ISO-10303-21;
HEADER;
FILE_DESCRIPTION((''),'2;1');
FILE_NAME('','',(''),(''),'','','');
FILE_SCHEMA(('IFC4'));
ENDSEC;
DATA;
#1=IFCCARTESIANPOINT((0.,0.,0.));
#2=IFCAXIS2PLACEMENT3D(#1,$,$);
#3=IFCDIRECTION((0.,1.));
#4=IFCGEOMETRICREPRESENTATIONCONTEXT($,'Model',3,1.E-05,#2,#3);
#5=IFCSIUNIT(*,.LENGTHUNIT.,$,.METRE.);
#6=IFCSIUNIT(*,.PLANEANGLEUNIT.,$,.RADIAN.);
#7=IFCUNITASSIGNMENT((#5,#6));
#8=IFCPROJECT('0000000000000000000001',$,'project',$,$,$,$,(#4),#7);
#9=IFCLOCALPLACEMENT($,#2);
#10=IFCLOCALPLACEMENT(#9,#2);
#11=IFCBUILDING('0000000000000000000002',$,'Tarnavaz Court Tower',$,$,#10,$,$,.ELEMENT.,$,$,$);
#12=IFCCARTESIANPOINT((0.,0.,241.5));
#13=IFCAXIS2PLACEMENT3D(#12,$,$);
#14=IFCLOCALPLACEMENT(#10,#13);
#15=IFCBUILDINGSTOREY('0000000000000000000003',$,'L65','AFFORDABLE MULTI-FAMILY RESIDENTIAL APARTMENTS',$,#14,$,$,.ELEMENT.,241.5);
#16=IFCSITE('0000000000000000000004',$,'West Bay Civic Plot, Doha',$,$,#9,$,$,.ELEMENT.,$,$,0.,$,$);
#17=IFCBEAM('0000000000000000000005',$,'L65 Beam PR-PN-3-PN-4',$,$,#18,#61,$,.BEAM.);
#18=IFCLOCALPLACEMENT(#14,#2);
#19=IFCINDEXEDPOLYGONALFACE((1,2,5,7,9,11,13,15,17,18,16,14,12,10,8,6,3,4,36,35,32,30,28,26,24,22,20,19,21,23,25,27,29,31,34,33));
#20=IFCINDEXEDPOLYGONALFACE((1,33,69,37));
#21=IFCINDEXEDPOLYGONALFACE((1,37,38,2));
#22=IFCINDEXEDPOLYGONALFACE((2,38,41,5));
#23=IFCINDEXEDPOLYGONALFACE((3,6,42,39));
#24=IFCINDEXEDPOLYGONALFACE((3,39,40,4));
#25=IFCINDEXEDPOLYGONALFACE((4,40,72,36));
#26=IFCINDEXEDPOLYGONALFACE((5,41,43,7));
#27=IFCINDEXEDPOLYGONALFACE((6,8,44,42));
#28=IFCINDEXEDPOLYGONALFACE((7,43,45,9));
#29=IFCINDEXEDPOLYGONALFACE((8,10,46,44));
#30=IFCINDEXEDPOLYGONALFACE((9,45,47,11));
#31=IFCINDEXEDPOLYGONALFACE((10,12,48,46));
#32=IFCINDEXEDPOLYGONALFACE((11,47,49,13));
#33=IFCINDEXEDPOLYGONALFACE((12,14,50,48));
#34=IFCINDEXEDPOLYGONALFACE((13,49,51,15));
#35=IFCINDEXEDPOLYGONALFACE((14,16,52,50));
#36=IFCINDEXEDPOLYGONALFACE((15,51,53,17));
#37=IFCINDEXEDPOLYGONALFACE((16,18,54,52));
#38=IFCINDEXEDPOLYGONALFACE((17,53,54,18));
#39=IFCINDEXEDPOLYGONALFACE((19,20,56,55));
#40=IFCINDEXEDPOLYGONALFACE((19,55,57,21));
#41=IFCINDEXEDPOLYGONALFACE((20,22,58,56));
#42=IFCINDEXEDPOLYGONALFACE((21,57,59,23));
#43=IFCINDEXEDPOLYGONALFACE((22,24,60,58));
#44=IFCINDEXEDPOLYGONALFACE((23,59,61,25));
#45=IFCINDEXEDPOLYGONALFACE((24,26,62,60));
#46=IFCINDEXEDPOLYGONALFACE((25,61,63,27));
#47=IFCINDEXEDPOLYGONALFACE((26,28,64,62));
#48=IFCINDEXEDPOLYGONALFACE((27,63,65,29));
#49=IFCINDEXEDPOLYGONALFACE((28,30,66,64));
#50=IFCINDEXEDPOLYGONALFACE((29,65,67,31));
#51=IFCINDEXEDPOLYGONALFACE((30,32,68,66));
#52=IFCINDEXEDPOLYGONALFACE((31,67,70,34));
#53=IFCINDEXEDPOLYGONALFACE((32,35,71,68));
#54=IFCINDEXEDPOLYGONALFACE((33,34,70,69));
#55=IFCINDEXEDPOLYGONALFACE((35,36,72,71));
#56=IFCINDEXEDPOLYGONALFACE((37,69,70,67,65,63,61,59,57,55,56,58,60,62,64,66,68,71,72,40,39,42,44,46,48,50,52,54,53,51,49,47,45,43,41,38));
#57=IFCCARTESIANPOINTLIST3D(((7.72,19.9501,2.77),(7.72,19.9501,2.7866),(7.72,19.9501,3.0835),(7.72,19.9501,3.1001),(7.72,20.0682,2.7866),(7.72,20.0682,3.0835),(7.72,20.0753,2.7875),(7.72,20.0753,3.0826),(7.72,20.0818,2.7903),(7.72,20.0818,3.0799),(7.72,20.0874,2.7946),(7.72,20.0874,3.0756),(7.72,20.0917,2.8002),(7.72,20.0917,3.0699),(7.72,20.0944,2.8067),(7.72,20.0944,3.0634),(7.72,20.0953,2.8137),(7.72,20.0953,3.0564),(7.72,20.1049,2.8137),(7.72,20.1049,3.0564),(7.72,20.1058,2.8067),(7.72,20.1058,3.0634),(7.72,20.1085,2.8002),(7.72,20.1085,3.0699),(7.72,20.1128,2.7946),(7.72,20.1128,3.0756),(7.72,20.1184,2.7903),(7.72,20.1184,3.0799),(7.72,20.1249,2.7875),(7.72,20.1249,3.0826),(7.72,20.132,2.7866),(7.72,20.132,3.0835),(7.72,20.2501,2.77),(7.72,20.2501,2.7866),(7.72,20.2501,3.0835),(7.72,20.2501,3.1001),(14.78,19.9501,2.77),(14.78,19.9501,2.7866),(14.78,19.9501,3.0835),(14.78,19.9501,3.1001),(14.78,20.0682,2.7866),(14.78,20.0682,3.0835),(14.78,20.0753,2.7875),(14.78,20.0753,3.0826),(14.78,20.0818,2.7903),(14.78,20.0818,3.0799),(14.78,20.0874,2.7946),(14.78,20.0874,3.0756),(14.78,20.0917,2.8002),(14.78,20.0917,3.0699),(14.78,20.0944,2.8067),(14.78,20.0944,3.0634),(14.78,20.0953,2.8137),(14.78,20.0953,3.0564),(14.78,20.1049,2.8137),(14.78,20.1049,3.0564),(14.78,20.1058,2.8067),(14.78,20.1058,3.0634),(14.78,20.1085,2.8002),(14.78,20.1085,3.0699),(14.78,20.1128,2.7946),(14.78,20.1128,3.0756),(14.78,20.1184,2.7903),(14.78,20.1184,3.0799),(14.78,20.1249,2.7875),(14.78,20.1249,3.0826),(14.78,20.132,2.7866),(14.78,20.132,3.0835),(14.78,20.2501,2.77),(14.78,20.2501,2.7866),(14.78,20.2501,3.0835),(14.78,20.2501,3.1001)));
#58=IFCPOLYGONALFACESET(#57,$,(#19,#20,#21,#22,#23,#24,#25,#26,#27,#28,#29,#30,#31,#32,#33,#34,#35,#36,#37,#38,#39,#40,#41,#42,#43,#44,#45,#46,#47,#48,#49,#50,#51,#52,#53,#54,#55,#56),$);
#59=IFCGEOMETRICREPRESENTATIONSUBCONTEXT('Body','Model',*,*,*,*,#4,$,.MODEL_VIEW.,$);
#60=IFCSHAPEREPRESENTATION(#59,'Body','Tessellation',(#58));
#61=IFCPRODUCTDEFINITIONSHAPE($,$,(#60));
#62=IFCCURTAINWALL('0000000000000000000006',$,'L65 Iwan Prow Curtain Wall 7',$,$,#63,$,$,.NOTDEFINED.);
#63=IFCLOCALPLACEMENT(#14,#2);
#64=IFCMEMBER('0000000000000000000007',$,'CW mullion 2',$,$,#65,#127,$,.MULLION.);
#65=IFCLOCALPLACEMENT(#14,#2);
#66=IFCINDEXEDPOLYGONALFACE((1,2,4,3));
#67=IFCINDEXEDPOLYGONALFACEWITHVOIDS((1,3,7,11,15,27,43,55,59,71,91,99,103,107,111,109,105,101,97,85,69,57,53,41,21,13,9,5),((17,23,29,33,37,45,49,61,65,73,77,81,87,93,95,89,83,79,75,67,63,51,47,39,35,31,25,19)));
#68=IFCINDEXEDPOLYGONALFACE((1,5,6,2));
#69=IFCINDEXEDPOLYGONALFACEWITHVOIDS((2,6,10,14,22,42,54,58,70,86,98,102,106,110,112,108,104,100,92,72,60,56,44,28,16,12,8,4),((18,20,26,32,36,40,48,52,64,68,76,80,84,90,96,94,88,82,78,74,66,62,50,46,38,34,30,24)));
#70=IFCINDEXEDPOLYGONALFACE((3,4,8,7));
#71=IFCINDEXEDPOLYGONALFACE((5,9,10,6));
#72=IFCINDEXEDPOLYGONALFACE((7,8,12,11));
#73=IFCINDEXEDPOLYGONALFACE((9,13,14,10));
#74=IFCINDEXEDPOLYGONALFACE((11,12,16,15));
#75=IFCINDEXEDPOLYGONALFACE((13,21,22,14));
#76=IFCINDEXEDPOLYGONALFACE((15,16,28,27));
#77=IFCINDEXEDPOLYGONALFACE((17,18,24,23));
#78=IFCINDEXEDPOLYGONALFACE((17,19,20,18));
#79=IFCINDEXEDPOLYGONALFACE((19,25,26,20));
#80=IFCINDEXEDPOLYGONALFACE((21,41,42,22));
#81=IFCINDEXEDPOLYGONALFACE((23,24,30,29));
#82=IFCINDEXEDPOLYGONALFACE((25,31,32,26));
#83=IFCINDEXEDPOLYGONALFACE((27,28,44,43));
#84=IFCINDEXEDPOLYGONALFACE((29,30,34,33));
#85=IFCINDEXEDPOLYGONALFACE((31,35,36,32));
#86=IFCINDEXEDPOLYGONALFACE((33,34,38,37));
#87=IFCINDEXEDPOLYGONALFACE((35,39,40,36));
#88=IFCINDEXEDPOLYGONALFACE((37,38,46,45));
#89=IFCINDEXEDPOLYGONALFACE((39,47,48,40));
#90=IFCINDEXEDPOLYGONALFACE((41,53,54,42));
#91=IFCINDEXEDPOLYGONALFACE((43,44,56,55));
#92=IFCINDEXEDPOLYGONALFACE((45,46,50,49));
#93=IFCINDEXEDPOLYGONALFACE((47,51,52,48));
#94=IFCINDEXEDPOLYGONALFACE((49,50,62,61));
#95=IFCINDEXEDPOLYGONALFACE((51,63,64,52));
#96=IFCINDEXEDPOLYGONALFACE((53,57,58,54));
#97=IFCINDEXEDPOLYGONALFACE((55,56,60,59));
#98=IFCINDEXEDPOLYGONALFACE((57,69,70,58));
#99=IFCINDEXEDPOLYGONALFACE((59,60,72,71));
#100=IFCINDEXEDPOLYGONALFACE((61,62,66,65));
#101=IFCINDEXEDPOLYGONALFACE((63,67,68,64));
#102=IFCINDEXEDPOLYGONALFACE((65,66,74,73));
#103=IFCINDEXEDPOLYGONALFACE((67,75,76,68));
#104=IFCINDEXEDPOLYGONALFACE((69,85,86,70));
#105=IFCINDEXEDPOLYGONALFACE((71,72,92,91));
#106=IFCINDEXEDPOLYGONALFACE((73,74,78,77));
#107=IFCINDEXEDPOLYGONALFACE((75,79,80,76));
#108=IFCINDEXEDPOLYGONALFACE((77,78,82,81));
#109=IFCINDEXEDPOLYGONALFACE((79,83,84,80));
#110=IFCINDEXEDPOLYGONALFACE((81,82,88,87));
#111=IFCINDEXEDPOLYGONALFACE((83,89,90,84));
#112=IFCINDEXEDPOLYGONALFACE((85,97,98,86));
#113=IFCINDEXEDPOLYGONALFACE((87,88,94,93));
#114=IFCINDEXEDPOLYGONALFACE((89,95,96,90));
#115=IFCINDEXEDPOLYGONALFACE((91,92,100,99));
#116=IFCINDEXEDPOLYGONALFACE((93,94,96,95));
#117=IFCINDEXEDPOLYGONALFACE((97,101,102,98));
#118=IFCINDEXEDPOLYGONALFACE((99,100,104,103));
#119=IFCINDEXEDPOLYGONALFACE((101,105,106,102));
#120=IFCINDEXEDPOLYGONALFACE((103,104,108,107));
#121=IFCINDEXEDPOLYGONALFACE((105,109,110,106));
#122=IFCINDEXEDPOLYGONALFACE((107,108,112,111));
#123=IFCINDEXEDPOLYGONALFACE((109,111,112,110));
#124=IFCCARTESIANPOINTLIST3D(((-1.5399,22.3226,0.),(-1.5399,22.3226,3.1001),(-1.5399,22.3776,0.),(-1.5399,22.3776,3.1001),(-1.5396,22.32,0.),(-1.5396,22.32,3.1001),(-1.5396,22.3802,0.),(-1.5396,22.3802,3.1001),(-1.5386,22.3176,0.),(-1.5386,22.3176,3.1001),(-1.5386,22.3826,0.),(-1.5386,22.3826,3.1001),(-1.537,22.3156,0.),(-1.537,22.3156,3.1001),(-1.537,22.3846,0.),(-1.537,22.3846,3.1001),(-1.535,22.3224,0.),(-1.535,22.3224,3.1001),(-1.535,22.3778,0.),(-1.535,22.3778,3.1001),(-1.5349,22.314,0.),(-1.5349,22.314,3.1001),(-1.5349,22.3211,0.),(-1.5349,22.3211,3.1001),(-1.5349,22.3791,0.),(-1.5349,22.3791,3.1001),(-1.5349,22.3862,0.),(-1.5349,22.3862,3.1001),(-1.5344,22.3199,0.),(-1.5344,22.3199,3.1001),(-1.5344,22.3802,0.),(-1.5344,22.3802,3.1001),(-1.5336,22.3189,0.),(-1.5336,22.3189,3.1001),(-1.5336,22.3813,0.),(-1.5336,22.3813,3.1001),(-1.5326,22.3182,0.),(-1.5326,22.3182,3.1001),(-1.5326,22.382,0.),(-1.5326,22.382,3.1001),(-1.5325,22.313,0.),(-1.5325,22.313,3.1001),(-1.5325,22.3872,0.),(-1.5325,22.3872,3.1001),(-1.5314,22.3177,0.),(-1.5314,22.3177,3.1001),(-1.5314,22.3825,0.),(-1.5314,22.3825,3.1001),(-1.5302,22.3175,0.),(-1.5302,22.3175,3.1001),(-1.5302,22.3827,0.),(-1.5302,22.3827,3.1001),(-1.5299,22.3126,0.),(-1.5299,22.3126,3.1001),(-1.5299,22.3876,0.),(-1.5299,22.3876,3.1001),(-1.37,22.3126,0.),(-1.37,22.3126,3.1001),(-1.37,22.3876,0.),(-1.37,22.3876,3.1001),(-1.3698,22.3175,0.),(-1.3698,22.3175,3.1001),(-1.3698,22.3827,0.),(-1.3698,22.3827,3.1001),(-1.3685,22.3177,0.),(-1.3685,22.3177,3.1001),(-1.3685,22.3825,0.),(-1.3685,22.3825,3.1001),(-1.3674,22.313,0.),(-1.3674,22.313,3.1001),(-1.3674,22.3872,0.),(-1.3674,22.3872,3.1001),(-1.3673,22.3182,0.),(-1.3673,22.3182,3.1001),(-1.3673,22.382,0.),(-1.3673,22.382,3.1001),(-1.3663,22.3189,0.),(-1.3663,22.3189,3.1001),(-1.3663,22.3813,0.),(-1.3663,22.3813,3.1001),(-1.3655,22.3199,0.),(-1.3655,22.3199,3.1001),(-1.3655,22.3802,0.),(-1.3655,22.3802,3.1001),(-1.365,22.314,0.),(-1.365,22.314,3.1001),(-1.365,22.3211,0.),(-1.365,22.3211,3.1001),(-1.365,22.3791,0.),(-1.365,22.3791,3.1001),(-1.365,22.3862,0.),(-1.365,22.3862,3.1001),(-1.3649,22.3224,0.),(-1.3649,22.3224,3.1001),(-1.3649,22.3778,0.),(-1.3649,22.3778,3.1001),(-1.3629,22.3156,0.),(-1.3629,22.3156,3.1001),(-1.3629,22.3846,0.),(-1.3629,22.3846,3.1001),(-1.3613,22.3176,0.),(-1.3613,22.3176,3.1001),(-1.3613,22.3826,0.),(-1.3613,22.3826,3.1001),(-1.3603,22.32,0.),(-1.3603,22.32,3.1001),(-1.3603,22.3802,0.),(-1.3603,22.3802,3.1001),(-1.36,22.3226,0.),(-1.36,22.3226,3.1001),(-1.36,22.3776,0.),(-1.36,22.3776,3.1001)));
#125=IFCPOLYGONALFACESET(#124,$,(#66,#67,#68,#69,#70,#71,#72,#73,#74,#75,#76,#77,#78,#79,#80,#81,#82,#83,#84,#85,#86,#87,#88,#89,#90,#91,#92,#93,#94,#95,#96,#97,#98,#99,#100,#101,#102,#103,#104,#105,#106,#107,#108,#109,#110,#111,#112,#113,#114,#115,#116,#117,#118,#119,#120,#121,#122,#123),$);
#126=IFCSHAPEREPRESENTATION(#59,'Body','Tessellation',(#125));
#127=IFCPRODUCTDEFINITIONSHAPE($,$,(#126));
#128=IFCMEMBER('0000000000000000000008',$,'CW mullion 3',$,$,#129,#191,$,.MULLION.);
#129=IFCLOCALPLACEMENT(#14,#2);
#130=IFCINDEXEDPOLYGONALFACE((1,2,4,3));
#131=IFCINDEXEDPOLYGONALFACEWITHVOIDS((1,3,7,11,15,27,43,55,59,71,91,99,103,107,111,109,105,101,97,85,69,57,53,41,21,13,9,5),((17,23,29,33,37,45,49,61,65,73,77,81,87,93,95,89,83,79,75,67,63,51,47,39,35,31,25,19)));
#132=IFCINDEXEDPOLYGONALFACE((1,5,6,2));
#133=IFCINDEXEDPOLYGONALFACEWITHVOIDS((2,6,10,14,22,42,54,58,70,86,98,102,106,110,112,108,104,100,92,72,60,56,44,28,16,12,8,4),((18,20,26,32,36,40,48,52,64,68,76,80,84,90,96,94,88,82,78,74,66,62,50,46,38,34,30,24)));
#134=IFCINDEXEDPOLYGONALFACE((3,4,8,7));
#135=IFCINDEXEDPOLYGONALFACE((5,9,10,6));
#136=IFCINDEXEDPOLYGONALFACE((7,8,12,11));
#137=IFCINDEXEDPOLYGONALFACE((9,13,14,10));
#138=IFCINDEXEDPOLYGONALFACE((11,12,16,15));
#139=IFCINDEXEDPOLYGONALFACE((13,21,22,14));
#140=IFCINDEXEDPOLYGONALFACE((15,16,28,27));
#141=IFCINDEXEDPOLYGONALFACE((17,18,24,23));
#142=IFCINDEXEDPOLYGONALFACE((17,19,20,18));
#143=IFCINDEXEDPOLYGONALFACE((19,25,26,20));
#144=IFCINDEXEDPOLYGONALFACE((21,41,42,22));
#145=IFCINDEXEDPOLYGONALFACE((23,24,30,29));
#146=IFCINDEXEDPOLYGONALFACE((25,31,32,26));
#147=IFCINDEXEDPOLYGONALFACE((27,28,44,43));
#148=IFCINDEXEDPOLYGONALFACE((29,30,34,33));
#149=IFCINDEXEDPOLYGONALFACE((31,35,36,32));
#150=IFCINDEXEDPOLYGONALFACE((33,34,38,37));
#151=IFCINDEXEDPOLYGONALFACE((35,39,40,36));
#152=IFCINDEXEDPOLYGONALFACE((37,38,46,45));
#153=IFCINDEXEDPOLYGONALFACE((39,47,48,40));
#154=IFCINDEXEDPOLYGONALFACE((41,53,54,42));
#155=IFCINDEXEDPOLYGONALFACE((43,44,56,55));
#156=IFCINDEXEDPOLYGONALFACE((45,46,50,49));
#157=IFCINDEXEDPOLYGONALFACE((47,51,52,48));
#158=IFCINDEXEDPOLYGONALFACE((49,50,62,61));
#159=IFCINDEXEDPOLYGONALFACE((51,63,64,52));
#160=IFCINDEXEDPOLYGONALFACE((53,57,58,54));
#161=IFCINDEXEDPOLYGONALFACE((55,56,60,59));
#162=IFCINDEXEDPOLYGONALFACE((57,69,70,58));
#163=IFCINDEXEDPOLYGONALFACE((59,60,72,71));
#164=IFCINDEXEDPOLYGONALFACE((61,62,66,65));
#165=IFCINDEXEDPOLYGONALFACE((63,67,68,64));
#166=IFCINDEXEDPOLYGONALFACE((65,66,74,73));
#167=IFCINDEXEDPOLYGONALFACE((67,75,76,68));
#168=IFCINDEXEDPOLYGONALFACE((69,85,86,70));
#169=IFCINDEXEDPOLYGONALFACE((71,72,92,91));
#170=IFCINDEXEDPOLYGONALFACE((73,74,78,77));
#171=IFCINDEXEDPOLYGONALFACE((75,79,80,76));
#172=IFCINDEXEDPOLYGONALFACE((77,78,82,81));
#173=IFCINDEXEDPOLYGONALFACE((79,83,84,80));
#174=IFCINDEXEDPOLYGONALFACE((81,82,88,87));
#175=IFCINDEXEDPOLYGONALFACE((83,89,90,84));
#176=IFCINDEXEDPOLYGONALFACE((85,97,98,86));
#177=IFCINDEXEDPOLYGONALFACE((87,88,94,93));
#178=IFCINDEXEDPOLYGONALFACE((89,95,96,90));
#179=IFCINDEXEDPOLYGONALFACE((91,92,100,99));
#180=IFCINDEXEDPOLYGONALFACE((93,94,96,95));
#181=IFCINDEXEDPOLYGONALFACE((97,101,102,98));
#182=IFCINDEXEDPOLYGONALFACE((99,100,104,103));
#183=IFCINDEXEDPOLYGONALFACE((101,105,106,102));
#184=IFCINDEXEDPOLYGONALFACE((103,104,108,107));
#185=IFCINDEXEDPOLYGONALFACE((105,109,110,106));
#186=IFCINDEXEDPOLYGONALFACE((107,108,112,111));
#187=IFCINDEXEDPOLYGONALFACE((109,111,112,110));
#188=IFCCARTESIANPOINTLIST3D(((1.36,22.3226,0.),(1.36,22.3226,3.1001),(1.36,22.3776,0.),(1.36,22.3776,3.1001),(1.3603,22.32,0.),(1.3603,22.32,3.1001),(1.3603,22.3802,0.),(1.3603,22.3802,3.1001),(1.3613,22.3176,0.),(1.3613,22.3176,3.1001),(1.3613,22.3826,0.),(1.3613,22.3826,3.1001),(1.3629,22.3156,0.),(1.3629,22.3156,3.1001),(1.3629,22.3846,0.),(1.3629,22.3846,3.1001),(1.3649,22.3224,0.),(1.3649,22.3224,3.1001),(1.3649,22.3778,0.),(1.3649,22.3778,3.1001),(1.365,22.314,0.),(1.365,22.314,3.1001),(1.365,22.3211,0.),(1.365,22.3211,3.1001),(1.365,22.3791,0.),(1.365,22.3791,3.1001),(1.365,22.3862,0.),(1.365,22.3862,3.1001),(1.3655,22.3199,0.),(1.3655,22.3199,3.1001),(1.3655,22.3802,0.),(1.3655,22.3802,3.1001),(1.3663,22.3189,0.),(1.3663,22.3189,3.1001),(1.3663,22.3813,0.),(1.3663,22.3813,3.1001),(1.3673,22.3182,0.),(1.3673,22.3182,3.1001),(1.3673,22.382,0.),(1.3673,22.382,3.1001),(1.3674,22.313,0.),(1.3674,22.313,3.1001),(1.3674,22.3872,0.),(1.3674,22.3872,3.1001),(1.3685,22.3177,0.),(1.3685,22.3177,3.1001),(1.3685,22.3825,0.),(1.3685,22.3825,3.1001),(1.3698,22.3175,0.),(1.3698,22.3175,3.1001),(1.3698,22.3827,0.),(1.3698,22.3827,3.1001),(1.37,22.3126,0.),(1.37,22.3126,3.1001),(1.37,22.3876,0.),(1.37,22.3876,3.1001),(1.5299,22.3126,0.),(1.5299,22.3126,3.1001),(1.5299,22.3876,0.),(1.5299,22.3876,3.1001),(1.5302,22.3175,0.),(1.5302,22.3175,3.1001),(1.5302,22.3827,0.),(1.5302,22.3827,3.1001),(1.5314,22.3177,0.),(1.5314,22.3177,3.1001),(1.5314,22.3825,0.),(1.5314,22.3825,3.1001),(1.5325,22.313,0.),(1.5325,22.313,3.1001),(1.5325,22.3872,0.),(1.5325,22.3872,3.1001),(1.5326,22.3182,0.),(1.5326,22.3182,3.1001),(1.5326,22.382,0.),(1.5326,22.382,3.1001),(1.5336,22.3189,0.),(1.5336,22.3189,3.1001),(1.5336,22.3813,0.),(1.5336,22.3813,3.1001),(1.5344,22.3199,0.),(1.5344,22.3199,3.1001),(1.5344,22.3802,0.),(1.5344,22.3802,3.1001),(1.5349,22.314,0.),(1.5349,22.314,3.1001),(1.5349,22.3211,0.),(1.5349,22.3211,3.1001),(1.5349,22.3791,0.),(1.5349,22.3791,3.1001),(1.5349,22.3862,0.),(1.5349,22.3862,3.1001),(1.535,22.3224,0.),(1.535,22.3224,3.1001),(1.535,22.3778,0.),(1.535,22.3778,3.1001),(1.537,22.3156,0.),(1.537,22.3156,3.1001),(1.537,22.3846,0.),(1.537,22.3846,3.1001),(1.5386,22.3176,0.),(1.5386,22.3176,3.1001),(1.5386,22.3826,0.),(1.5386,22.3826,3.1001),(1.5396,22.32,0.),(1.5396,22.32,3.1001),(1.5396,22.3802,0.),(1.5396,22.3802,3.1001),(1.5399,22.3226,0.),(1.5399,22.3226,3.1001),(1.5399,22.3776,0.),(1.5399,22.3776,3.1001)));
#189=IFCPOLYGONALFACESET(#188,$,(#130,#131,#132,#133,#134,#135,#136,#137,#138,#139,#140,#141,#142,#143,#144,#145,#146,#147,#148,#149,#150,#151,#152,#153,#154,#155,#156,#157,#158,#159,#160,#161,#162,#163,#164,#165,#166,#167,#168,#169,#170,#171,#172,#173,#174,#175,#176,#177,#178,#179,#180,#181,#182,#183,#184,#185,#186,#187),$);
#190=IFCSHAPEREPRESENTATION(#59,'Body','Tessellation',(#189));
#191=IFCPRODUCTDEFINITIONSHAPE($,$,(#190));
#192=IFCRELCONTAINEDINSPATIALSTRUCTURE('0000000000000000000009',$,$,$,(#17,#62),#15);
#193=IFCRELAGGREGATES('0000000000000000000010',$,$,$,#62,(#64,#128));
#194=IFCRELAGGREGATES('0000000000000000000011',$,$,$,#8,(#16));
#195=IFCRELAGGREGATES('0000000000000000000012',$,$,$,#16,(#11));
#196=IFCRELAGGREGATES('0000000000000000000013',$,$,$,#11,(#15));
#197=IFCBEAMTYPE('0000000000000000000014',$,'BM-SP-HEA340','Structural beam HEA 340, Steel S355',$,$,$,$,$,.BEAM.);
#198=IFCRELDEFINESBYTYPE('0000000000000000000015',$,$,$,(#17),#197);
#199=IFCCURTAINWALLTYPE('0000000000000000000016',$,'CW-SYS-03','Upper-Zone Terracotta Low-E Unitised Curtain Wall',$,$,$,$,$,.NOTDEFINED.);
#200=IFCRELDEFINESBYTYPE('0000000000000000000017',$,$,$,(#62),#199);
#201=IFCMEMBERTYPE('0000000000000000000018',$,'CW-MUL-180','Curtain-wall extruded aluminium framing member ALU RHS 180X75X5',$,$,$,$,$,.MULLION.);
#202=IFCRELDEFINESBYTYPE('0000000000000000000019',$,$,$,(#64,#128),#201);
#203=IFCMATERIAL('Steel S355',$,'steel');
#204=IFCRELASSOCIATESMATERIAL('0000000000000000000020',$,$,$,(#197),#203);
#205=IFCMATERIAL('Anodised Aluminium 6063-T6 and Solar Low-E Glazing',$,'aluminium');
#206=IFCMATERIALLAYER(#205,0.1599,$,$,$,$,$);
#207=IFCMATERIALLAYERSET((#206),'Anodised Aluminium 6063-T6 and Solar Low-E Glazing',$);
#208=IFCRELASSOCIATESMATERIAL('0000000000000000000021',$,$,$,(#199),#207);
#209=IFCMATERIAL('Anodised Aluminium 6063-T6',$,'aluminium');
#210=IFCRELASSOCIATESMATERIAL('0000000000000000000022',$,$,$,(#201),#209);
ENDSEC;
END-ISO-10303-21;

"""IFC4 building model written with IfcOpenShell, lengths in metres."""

from ifc_helpers import new_model, si_unit, direction, frame, origin, origin_2d, place, context, subcontext, project, spatial, hollow_rectangle, i_section, extrude, material, layer, layer_set, material_profile, profile_set, type_object, element, aggregate, save


model = new_model("IFC4")

# Units and contexts
model_context = context("Model", 3, precision=1e-05, world=origin(), true_north=direction((0.0, 1.0)))
body_context = subcontext(model_context, "Body", "Model", "MODEL_VIEW")
ifc_project = project(units=[si_unit("LENGTHUNIT", "METRE"), si_unit("PLANEANGLEUNIT", "RADIAN")], contexts=[model_context])

# Site, building, storey
site_placement = place(None, origin())
site = spatial("IfcSite", under=ifc_project, at=site_placement, Name="West Bay Civic Plot, Doha", CompositionType="ELEMENT", RefElevation=0.0)
building_placement = place(site_placement, origin())
building = spatial("IfcBuilding", under=site, at=building_placement, Name="Tarnavaz Court Tower", CompositionType="ELEMENT")
storey_placement = place(building_placement, frame((0.0, 0.0, 241.5)))
storey = spatial("IfcBuildingStorey", under=building, at=storey_placement, Name="L65", Description="AFFORDABLE MULTI-FAMILY RESIDENTIAL APARTMENTS", CompositionType="ELEMENT", Elevation=241.5)

# Beam
ifc_material_1 = material(Name="Steel S355", Category="steel")
ifc_material_profile_1 = material_profile(ifc_material_1, i_section(OverallWidth=0.3, OverallDepth=0.3301, WebThickness=0.0095, FlangeThickness=0.0166, FilletRadius=0.0271, at=origin_2d()), Name="HEA 340")
ifc_profile_set_1 = profile_set([ifc_material_profile_1], Name="Steel S355")
beam_type_1 = type_object("IfcBeamType", Name="BM-SP-HEA340", Description="Structural beam HEA 340, Steel S355", PredefinedType="BEAM", material=ifc_profile_set_1)
beam_placement = place(storey_placement, frame((7.72, 20.1001, 2.9351), z_axis=(1.0, 0.0, 0.0), x_axis=(0.0, 1.0, 0.0)))
element("IfcBeam", 1, at=beam_placement, inside=storey, type_object=beam_type_1, Name="L65 Beam PR-PN-3-PN-4", PredefinedType="BEAM", context=body_context, shape_type="SweptSolid", body=[
    extrude(i_section(OverallWidth=0.3, OverallDepth=0.3301, WebThickness=0.0095, FlangeThickness=0.0166, FilletRadius=0.0271, at=origin_2d()), origin(), (0.0, 0.0, 1.0), 7.0601),
])

# Curtain wall, members
ifc_material_2 = material(Name="Anodised Aluminium 6063-T6 and Solar Low-E Glazing", Category="aluminium")
ifc_layer_1 = layer(ifc_material_2, 0.1599)
ifc_layer_set_1 = layer_set([ifc_layer_1], Name="Anodised Aluminium 6063-T6 and Solar Low-E Glazing")
curtain_wall_type = type_object("IfcCurtainWallType", Name="CW-SYS-03", Description="Upper-Zone Terracotta Low-E Unitised Curtain Wall", PredefinedType="NOTDEFINED", material=ifc_layer_set_1)
curtain_wall_placement = place(storey_placement, origin())
curtain_wall = element("IfcCurtainWall", 2, at=curtain_wall_placement, inside=storey, type_object=curtain_wall_type, Name="L65 Iwan Prow Curtain Wall 7", PredefinedType="NOTDEFINED")
ifc_material_3 = material(Name="Anodised Aluminium 6063-T6", Category="aluminium")
ifc_material_profile_2 = material_profile(ifc_material_3, hollow_rectangle(XDim=0.075, YDim=0.1799, WallThickness=0.0049, InnerFilletRadius=0.0049, OuterFilletRadius=0.01, at=origin_2d()), Name="ALU RHS 180X75X5")
ifc_profile_set_2 = profile_set([ifc_material_profile_2], Name="Anodised Aluminium 6063-T6")
member_type_1 = type_object("IfcMemberType", Name="CW-MUL-180", Description="Curtain-wall extruded aluminium framing member ALU RHS 180X75X5", PredefinedType="MULLION", material=ifc_profile_set_2)
member_1_placement = place(storey_placement, frame((-1.45, 22.3501, 0.0), z_axis=(0.0, 0.0, 1.0), x_axis=(0.0, 1.0, 0.0)))
member_1 = element("IfcMember", 3, at=member_1_placement, type_object=member_type_1, Name="CW mullion 2", PredefinedType="MULLION", context=body_context, shape_type="SweptSolid", body=[
    extrude(hollow_rectangle(XDim=0.075, YDim=0.1799, WallThickness=0.0049, InnerFilletRadius=0.0049, OuterFilletRadius=0.01, at=origin_2d()), origin(), (0.0, 0.0, 1.0), 3.1001),
])
member_2_placement = place(storey_placement, frame((1.45, 22.3501, 0.0), z_axis=(0.0, 0.0, 1.0), x_axis=(0.0, 1.0, 0.0)))
member_2 = element("IfcMember", 4, at=member_2_placement, type_object=member_type_1, Name="CW mullion 3", PredefinedType="MULLION", context=body_context, shape_type="SweptSolid", body=[
    extrude(hollow_rectangle(XDim=0.075, YDim=0.1799, WallThickness=0.0049, InnerFilletRadius=0.0049, OuterFilletRadius=0.01, at=origin_2d()), origin(), (0.0, 0.0, 1.0), 3.1001),
])
aggregate(curtain_wall, [member_1, member_2])

save(model, "model.ifc")
